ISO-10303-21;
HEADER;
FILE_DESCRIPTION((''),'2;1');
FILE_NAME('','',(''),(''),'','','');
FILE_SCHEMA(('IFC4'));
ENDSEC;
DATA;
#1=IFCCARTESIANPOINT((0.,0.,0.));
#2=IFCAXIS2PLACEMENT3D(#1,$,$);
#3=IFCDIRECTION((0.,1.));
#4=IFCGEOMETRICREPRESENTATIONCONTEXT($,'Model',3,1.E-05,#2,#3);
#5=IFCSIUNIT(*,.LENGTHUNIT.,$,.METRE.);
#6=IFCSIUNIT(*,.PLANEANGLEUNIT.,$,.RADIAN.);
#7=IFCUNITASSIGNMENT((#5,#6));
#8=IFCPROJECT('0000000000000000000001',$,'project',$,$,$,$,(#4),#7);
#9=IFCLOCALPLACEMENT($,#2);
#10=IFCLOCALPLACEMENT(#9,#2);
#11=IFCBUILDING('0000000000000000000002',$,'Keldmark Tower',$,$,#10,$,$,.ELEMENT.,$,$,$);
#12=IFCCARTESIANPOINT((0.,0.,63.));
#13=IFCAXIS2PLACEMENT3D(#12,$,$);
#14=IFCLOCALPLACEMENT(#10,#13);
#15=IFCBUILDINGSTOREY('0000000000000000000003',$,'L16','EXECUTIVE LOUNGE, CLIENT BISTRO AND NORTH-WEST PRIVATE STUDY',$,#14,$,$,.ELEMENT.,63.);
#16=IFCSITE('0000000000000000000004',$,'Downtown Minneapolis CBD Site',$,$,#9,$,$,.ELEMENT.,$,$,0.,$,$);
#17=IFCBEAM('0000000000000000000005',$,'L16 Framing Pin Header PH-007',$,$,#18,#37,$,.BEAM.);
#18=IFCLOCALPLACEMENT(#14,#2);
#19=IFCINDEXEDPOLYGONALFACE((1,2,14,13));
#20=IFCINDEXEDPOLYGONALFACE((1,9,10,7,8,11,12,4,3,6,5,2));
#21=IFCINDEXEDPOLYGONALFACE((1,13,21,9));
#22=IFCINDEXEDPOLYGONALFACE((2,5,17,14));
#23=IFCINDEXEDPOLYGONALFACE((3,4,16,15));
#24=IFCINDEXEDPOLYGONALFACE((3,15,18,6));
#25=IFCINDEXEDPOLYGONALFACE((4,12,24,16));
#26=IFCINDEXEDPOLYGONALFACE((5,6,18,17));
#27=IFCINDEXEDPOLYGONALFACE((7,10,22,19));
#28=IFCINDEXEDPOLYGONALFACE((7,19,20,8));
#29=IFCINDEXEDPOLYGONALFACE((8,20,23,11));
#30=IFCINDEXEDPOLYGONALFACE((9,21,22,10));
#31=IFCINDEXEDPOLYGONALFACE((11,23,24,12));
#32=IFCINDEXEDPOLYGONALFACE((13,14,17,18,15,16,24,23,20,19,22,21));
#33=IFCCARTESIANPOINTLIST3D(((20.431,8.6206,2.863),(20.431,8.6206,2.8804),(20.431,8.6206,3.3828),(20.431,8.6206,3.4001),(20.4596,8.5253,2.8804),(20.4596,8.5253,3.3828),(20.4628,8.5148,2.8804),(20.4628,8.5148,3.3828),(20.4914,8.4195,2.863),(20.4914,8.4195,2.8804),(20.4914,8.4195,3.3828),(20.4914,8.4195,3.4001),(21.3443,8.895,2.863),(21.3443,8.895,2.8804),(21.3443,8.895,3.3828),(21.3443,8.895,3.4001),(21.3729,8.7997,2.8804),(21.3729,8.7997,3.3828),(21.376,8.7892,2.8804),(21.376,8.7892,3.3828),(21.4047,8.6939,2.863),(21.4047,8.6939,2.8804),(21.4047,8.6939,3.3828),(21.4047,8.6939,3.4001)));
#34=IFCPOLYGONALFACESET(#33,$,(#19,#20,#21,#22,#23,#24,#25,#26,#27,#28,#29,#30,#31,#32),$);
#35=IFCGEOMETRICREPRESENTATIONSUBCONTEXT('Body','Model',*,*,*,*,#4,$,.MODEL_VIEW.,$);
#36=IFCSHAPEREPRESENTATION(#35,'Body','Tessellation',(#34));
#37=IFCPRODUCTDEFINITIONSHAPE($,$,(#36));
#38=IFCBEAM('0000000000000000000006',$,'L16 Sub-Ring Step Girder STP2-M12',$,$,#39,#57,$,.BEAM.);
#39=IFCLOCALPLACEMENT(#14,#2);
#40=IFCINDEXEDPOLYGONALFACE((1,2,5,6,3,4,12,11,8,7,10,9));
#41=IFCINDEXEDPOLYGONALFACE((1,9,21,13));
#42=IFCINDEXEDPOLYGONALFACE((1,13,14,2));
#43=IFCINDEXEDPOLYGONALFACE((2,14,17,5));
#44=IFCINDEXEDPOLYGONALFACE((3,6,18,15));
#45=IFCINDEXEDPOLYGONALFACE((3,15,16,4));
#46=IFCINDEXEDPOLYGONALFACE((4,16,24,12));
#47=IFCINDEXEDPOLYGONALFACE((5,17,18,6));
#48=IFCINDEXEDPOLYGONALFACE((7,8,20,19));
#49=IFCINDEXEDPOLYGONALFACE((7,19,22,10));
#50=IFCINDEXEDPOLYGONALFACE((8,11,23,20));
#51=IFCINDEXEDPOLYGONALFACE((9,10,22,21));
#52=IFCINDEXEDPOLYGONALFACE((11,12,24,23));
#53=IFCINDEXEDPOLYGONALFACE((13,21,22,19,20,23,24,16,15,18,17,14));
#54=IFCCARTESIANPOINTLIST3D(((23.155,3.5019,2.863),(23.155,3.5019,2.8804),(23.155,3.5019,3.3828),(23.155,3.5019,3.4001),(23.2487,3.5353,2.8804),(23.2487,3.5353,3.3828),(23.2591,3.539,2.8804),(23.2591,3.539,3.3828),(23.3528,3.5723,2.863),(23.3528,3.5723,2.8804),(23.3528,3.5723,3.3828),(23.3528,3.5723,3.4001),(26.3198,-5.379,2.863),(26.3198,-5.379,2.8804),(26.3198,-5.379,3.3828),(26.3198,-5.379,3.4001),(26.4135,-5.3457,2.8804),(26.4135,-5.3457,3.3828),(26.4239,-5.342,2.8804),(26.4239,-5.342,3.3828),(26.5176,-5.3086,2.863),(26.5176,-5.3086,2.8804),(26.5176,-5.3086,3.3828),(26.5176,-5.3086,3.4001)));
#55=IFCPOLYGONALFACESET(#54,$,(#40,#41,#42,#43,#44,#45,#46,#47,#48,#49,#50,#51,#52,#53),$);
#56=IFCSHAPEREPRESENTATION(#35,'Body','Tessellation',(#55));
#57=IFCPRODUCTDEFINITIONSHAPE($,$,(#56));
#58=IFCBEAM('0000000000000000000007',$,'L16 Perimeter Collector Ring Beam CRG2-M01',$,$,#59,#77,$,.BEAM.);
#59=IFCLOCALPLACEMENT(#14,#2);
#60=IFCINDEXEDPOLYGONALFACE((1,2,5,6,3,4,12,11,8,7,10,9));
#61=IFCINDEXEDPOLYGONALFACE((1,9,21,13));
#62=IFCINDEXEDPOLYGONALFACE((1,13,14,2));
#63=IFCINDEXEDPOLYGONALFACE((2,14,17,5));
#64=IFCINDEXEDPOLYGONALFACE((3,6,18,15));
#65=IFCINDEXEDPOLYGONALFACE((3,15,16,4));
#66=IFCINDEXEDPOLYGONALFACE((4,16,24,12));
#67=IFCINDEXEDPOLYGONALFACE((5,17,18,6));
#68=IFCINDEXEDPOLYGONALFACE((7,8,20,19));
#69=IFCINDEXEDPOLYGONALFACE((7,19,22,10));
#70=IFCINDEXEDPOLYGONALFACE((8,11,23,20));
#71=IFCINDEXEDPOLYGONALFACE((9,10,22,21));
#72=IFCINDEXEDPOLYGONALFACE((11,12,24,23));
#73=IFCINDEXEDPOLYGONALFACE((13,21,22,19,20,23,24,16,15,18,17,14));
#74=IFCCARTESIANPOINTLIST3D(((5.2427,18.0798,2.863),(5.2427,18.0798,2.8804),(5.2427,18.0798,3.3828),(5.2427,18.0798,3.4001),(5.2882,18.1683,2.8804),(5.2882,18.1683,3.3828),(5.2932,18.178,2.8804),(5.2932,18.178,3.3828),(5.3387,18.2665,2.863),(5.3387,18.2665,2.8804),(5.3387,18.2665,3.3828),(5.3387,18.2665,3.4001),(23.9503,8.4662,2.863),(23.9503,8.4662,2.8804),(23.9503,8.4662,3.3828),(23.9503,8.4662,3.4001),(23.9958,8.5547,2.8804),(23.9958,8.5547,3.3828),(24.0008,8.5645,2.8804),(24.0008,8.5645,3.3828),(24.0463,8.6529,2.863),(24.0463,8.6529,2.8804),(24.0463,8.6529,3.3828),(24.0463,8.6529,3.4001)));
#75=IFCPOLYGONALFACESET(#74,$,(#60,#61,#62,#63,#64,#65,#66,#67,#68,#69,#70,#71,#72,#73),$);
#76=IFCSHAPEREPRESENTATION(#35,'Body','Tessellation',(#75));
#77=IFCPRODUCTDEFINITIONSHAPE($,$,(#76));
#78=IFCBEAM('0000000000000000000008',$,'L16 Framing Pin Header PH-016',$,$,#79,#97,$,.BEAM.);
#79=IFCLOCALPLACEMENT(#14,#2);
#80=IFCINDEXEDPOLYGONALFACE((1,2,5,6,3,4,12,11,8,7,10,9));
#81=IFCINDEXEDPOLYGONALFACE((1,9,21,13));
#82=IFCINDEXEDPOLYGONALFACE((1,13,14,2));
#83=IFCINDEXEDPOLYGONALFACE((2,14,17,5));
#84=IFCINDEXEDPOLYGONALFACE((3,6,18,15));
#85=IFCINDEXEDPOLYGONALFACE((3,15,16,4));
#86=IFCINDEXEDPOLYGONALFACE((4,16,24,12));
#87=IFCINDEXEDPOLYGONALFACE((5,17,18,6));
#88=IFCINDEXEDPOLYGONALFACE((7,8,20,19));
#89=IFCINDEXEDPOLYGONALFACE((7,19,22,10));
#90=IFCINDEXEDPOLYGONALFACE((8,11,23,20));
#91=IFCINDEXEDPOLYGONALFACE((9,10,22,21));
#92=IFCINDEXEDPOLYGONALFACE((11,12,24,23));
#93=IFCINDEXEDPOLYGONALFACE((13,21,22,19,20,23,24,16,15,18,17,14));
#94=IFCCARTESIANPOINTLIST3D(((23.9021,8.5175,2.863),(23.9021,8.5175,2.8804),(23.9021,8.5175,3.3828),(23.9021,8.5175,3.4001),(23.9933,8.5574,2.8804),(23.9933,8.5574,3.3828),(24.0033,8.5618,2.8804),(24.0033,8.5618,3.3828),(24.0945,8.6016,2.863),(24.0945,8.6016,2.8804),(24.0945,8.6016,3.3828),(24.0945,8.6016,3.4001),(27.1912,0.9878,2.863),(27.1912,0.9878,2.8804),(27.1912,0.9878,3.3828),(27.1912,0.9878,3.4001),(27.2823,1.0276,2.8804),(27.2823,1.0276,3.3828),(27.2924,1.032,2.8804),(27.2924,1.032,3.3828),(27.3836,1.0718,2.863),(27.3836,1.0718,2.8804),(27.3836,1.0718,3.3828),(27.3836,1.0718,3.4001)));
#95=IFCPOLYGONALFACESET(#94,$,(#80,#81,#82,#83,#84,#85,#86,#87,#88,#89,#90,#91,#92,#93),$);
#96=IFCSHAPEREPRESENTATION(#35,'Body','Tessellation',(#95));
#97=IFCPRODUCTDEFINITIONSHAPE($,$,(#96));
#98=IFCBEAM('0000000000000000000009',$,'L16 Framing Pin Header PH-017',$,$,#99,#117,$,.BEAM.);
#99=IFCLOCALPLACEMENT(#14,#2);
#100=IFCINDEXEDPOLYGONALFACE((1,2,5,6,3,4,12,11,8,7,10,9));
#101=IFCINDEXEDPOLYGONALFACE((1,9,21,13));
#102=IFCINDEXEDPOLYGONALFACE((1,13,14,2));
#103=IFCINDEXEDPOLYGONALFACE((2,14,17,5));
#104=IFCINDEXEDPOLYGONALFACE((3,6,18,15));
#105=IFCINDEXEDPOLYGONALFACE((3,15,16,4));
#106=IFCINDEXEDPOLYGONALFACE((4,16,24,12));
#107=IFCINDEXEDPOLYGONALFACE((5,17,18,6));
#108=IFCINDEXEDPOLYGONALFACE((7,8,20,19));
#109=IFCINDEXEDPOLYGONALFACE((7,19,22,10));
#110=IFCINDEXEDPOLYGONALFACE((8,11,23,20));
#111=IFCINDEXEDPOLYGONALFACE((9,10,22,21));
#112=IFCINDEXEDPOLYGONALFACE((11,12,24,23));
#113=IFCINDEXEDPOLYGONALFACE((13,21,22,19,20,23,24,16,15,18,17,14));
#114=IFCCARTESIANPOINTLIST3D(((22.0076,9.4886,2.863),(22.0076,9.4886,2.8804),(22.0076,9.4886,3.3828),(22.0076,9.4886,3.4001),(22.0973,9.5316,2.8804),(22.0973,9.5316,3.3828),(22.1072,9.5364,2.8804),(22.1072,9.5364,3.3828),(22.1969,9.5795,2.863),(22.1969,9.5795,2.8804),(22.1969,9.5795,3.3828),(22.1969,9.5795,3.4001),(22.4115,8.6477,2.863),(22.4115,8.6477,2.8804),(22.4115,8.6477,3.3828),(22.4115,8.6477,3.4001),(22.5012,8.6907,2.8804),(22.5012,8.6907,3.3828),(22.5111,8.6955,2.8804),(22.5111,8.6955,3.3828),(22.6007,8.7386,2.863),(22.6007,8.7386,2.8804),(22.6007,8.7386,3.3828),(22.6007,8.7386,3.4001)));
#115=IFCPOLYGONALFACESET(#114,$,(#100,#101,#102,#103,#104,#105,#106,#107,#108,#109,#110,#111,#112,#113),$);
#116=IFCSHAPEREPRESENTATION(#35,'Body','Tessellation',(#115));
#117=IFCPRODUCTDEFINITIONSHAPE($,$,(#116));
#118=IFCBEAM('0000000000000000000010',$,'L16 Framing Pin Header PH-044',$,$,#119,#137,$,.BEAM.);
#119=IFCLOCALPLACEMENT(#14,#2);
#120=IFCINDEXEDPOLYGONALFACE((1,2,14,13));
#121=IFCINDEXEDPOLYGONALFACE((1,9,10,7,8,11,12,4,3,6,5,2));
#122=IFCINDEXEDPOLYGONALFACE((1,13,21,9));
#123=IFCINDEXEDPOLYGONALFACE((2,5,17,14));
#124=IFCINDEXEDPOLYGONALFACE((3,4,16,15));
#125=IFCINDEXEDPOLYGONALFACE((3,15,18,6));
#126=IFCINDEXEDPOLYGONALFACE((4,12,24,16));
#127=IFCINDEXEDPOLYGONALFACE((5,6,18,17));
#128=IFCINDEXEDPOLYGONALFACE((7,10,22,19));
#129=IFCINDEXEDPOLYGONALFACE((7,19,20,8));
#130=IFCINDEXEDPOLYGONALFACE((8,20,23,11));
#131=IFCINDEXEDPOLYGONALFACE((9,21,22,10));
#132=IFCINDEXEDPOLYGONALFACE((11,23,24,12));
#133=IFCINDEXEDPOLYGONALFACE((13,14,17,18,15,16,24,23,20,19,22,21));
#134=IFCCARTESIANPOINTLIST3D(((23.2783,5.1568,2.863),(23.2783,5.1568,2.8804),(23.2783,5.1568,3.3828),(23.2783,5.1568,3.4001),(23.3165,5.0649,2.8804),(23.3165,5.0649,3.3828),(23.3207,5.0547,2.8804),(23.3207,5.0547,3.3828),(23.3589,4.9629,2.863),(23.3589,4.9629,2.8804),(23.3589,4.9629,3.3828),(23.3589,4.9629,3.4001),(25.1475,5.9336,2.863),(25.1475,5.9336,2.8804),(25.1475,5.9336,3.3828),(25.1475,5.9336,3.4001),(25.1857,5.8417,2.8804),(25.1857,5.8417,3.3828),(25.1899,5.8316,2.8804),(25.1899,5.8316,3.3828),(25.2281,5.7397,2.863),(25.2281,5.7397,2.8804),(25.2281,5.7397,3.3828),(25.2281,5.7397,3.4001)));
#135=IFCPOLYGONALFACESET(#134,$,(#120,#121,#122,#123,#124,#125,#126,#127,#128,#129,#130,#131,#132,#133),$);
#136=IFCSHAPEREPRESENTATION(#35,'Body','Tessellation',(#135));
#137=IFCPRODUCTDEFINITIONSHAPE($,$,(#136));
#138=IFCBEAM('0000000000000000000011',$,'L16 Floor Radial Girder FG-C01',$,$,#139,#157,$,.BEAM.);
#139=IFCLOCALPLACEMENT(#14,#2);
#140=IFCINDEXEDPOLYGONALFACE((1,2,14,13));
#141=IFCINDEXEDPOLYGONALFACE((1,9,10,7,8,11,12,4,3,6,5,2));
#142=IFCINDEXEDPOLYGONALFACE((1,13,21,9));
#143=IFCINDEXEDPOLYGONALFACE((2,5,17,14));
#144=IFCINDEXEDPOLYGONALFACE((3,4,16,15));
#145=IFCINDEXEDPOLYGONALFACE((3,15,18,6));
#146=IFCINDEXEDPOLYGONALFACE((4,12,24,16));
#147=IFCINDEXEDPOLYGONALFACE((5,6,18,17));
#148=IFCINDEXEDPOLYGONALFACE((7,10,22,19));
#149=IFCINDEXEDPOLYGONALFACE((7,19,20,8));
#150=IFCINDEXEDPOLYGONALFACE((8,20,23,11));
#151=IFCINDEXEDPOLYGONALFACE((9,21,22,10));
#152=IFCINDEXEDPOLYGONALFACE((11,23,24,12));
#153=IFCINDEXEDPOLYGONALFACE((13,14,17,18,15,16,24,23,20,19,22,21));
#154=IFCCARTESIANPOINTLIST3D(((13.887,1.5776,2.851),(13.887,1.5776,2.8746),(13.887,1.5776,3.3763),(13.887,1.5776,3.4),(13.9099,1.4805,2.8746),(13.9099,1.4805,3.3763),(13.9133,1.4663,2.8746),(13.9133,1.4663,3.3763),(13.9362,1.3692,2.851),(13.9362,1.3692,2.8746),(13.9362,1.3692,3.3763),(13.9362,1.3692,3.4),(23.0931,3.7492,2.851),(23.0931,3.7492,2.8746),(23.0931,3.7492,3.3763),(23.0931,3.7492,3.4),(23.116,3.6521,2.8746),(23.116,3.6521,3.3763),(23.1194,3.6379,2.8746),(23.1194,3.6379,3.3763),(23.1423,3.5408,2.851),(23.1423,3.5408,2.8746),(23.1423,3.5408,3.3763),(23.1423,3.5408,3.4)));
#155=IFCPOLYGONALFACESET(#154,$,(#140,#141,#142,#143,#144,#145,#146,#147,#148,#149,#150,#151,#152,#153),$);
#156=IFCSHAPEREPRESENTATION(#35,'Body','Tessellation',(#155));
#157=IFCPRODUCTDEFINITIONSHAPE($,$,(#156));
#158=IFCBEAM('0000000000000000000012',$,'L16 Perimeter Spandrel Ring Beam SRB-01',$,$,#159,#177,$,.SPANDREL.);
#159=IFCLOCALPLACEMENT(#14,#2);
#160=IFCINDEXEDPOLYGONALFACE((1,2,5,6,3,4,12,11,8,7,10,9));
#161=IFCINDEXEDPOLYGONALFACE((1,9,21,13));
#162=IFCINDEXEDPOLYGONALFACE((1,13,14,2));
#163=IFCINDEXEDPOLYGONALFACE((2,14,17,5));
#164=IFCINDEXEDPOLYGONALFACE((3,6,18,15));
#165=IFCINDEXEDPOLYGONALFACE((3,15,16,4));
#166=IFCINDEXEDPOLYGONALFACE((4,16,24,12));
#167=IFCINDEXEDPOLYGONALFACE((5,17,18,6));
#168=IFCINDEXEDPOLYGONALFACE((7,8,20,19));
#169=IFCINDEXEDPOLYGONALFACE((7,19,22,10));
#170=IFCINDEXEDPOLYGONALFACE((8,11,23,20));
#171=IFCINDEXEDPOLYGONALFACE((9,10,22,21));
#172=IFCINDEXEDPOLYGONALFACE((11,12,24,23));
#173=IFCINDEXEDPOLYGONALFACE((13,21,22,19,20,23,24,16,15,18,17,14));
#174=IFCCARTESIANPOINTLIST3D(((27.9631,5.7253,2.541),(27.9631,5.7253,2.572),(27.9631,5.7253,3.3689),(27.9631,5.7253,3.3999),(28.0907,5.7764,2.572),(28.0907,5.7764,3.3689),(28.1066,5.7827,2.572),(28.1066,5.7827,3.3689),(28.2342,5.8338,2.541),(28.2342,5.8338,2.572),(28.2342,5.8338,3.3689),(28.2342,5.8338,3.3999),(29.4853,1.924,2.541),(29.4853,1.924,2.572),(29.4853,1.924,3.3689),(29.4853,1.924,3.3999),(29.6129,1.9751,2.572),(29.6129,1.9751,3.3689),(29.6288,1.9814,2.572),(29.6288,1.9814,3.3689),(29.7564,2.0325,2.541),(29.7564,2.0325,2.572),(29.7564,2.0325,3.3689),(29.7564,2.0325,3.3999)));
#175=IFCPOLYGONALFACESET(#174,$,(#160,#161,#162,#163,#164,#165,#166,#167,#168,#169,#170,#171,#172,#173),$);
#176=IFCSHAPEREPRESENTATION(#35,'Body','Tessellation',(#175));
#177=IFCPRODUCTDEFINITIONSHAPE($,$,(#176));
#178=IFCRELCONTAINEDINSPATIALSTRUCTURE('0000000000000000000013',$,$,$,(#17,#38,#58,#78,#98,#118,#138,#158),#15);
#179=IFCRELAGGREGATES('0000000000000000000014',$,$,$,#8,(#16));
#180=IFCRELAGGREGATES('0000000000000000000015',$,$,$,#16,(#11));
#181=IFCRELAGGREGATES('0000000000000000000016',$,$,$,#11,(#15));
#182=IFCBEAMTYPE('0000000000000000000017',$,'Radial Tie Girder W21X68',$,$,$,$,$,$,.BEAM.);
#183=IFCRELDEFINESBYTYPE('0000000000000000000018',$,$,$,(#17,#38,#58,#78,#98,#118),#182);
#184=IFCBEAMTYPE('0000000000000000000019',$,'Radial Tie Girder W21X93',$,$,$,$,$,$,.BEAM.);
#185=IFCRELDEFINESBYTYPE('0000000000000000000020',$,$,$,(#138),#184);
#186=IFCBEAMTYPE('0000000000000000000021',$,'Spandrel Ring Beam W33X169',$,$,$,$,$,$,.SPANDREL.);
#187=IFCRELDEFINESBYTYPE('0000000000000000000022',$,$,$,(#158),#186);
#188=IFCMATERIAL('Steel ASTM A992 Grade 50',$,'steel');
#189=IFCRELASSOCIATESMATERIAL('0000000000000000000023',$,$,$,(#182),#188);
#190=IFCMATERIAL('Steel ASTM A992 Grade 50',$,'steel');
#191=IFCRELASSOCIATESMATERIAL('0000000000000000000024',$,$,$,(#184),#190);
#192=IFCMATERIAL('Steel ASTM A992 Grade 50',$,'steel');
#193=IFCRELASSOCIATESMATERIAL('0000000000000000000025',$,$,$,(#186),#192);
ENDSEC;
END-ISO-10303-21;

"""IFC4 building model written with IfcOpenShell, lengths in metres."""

from ifc_helpers import new_model, si_unit, direction, frame, origin, origin_2d, place, context, subcontext, project, spatial, i_section, extrude, material, material_profile, profile_set, type_object, element, save


model = new_model("IFC4")

# Units and contexts
model_context = context("Model", 3, precision=1e-05, world=origin(), true_north=direction((0.0, 1.0)))
body_context = subcontext(model_context, "Body", "Model", "MODEL_VIEW")
ifc_project = project(units=[si_unit("LENGTHUNIT", "METRE"), si_unit("PLANEANGLEUNIT", "RADIAN")], contexts=[model_context])

# Site, building, storey
site_placement = place(None, origin())
site = spatial("IfcSite", under=ifc_project, at=site_placement, Name="Downtown Minneapolis CBD Site", CompositionType="ELEMENT", RefElevation=0.0)
building_placement = place(site_placement, origin())
building = spatial("IfcBuilding", under=site, at=building_placement, Name="Keldmark Tower", CompositionType="ELEMENT")
storey_placement = place(building_placement, frame((0.0, 0.0, 63.0)))
storey = spatial("IfcBuildingStorey", under=building, at=storey_placement, Name="L16", Description="EXECUTIVE LOUNGE, CLIENT BISTRO AND NORTH-WEST PRIVATE STUDY", CompositionType="ELEMENT", Elevation=63.0)

# Beams
ifc_material_1 = material(Name="Steel ASTM A992 Grade 50", Category="steel")
ifc_material_profile_1 = material_profile(ifc_material_1, i_section(OverallWidth=0.21, OverallDepth=0.5371, WebThickness=0.011, FlangeThickness=0.0173, at=origin_2d()), Name="W21X68")
ifc_profile_set_1 = profile_set([ifc_material_profile_1], Name="Steel ASTM A992 Grade 50")
beam_type_1 = type_object("IfcBeamType", Name="Radial Tie Girder W21X68", PredefinedType="BEAM", material=ifc_profile_set_1)
beam_1_placement = place(storey_placement, frame((20.4612, 8.52, 3.1316), z_axis=(0.957706, 0.287747, 0.0), x_axis=(-0.287747, 0.957706, 0.0)))
element("IfcBeam", 1, at=beam_1_placement, inside=storey, type_object=beam_type_1, Name="L16 Framing Pin Header PH-007", PredefinedType="BEAM", context=body_context, shape_type="SweptSolid", body=[
    extrude(i_section(OverallWidth=0.21, OverallDepth=0.5371, WebThickness=0.011, FlangeThickness=0.0173, at=origin_2d()), origin(), (0.0, 0.0, 1.0), 0.9536),
])
beam_2_placement = place(storey_placement, frame((23.2539, 3.5371, 3.1316), z_axis=(0.335683, -0.941975, 0.0), x_axis=(0.941975, 0.335683, 0.0)))
element("IfcBeam", 2, at=beam_2_placement, inside=storey, type_object=beam_type_1, Name="L16 Sub-Ring Step Girder STP2-M12", PredefinedType="BEAM", context=body_context, shape_type="SweptSolid", body=[
    extrude(i_section(OverallWidth=0.21, OverallDepth=0.5371, WebThickness=0.011, FlangeThickness=0.0173, at=origin_2d()), origin(), (0.0, 0.0, 1.0), 9.428),
])
beam_3_placement = place(storey_placement, frame((23.9983, 8.5596, 3.1316), z_axis=(-0.889432, 0.457067, 0.0), x_axis=(-0.457067, -0.889432, 0.0)))
element("IfcBeam", 3, at=beam_3_placement, inside=storey, type_object=beam_type_1, Name="L16 Perimeter Collector Ring Beam CRG2-M01", PredefinedType="BEAM", context=body_context, shape_type="SweptSolid", body=[
    extrude(i_section(OverallWidth=0.21, OverallDepth=0.5371, WebThickness=0.011, FlangeThickness=0.0173, at=origin_2d()), origin(), (0.0, 0.0, 1.0), 21.0332),
])
beam_4_placement = place(storey_placement, frame((23.9983, 8.5596, 3.1316), z_axis=(0.400286, -0.91639, 0.0), x_axis=(0.91639, 0.400286, 0.0)))
element("IfcBeam", 4, at=beam_4_placement, inside=storey, type_object=beam_type_1, Name="L16 Framing Pin Header PH-016", PredefinedType="BEAM", context=body_context, shape_type="SweptSolid", body=[
    extrude(i_section(OverallWidth=0.21, OverallDepth=0.5371, WebThickness=0.011, FlangeThickness=0.0173, at=origin_2d()), origin(), (0.0, 0.0, 1.0), 8.2168),
])
beam_5_placement = place(storey_placement, frame((22.5061, 8.6931, 3.1316), z_axis=(-0.432918, 0.901433, 0.0), x_axis=(-0.901433, -0.432918, 0.0)))
element("IfcBeam", 5, at=beam_5_placement, inside=storey, type_object=beam_type_1, Name="L16 Framing Pin Header PH-017", PredefinedType="BEAM", context=body_context, shape_type="SweptSolid", body=[
    extrude(i_section(OverallWidth=0.21, OverallDepth=0.5371, WebThickness=0.011, FlangeThickness=0.0173, at=origin_2d()), origin(), (0.0, 0.0, 1.0), 0.9329),
])
beam_6_placement = place(storey_placement, frame((23.3186, 5.0598, 3.1316), z_axis=(0.923419, 0.383793, 0.0), x_axis=(-0.383793, 0.923419, 0.0)))
element("IfcBeam", 6, at=beam_6_placement, inside=storey, type_object=beam_type_1, Name="L16 Framing Pin Header PH-044", PredefinedType="BEAM", context=body_context, shape_type="SweptSolid", body=[
    extrude(i_section(OverallWidth=0.21, OverallDepth=0.5371, WebThickness=0.011, FlangeThickness=0.0173, at=origin_2d()), origin(), (0.0, 0.0, 1.0), 2.0242),
])
ifc_material_2 = material(Name="Steel ASTM A992 Grade 50", Category="steel")
ifc_material_profile_2 = material_profile(ifc_material_2, i_section(OverallWidth=0.2141, OverallDepth=0.5491, WebThickness=0.0146, FlangeThickness=0.0237, at=origin_2d()), Name="W21X93")
ifc_profile_set_2 = profile_set([ifc_material_profile_2], Name="Steel ASTM A992 Grade 50")
beam_type_2 = type_object("IfcBeamType", Name="Radial Tie Girder W21X93", PredefinedType="BEAM", material=ifc_profile_set_2)
beam_7_placement = place(storey_placement, frame((23.1177, 3.645, 3.1255), z_axis=(-0.973287, -0.22959, 0.0), x_axis=(0.22959, -0.973287, 0.0)))
element("IfcBeam", 7, at=beam_7_placement, inside=storey, type_object=beam_type_2, Name="L16 Floor Radial Girder FG-C01", PredefinedType="BEAM", context=body_context, shape_type="SweptSolid", body=[
    extrude(i_section(OverallWidth=0.2141, OverallDepth=0.5491, WebThickness=0.0146, FlangeThickness=0.0237, at=origin_2d()), origin(), (0.0, 0.0, 1.0), 9.4587),
])
ifc_material_3 = material(Name="Steel ASTM A992 Grade 50", Category="steel")
ifc_material_profile_3 = material_profile(ifc_material_3, i_section(OverallWidth=0.292, OverallDepth=0.8589, WebThickness=0.0171, FlangeThickness=0.031, at=origin_2d()), Name="W33X169")
ifc_profile_set_3 = profile_set([ifc_material_profile_3], Name="Steel ASTM A992 Grade 50")
beam_type_3 = type_object("IfcBeamType", Name="Spandrel Ring Beam W33X169", PredefinedType="SPANDREL", material=ifc_profile_set_3)
beam_8_placement = place(storey_placement, frame((29.6208, 1.9783, 2.9705), z_axis=(-0.37175, 0.928333, 0.0), x_axis=(-0.928333, -0.37175, 0.0)))
element("IfcBeam", 8, at=beam_8_placement, inside=storey, type_object=beam_type_3, Name="L16 Perimeter Spandrel Ring Beam SRB-01", PredefinedType="SPANDREL", context=body_context, shape_type="SweptSolid", body=[
    extrude(i_section(OverallWidth=0.292, OverallDepth=0.8589, WebThickness=0.0171, FlangeThickness=0.031, at=origin_2d()), origin(), (0.0, 0.0, 1.0), 4.0947),
])

save(model, "model.ifc")
